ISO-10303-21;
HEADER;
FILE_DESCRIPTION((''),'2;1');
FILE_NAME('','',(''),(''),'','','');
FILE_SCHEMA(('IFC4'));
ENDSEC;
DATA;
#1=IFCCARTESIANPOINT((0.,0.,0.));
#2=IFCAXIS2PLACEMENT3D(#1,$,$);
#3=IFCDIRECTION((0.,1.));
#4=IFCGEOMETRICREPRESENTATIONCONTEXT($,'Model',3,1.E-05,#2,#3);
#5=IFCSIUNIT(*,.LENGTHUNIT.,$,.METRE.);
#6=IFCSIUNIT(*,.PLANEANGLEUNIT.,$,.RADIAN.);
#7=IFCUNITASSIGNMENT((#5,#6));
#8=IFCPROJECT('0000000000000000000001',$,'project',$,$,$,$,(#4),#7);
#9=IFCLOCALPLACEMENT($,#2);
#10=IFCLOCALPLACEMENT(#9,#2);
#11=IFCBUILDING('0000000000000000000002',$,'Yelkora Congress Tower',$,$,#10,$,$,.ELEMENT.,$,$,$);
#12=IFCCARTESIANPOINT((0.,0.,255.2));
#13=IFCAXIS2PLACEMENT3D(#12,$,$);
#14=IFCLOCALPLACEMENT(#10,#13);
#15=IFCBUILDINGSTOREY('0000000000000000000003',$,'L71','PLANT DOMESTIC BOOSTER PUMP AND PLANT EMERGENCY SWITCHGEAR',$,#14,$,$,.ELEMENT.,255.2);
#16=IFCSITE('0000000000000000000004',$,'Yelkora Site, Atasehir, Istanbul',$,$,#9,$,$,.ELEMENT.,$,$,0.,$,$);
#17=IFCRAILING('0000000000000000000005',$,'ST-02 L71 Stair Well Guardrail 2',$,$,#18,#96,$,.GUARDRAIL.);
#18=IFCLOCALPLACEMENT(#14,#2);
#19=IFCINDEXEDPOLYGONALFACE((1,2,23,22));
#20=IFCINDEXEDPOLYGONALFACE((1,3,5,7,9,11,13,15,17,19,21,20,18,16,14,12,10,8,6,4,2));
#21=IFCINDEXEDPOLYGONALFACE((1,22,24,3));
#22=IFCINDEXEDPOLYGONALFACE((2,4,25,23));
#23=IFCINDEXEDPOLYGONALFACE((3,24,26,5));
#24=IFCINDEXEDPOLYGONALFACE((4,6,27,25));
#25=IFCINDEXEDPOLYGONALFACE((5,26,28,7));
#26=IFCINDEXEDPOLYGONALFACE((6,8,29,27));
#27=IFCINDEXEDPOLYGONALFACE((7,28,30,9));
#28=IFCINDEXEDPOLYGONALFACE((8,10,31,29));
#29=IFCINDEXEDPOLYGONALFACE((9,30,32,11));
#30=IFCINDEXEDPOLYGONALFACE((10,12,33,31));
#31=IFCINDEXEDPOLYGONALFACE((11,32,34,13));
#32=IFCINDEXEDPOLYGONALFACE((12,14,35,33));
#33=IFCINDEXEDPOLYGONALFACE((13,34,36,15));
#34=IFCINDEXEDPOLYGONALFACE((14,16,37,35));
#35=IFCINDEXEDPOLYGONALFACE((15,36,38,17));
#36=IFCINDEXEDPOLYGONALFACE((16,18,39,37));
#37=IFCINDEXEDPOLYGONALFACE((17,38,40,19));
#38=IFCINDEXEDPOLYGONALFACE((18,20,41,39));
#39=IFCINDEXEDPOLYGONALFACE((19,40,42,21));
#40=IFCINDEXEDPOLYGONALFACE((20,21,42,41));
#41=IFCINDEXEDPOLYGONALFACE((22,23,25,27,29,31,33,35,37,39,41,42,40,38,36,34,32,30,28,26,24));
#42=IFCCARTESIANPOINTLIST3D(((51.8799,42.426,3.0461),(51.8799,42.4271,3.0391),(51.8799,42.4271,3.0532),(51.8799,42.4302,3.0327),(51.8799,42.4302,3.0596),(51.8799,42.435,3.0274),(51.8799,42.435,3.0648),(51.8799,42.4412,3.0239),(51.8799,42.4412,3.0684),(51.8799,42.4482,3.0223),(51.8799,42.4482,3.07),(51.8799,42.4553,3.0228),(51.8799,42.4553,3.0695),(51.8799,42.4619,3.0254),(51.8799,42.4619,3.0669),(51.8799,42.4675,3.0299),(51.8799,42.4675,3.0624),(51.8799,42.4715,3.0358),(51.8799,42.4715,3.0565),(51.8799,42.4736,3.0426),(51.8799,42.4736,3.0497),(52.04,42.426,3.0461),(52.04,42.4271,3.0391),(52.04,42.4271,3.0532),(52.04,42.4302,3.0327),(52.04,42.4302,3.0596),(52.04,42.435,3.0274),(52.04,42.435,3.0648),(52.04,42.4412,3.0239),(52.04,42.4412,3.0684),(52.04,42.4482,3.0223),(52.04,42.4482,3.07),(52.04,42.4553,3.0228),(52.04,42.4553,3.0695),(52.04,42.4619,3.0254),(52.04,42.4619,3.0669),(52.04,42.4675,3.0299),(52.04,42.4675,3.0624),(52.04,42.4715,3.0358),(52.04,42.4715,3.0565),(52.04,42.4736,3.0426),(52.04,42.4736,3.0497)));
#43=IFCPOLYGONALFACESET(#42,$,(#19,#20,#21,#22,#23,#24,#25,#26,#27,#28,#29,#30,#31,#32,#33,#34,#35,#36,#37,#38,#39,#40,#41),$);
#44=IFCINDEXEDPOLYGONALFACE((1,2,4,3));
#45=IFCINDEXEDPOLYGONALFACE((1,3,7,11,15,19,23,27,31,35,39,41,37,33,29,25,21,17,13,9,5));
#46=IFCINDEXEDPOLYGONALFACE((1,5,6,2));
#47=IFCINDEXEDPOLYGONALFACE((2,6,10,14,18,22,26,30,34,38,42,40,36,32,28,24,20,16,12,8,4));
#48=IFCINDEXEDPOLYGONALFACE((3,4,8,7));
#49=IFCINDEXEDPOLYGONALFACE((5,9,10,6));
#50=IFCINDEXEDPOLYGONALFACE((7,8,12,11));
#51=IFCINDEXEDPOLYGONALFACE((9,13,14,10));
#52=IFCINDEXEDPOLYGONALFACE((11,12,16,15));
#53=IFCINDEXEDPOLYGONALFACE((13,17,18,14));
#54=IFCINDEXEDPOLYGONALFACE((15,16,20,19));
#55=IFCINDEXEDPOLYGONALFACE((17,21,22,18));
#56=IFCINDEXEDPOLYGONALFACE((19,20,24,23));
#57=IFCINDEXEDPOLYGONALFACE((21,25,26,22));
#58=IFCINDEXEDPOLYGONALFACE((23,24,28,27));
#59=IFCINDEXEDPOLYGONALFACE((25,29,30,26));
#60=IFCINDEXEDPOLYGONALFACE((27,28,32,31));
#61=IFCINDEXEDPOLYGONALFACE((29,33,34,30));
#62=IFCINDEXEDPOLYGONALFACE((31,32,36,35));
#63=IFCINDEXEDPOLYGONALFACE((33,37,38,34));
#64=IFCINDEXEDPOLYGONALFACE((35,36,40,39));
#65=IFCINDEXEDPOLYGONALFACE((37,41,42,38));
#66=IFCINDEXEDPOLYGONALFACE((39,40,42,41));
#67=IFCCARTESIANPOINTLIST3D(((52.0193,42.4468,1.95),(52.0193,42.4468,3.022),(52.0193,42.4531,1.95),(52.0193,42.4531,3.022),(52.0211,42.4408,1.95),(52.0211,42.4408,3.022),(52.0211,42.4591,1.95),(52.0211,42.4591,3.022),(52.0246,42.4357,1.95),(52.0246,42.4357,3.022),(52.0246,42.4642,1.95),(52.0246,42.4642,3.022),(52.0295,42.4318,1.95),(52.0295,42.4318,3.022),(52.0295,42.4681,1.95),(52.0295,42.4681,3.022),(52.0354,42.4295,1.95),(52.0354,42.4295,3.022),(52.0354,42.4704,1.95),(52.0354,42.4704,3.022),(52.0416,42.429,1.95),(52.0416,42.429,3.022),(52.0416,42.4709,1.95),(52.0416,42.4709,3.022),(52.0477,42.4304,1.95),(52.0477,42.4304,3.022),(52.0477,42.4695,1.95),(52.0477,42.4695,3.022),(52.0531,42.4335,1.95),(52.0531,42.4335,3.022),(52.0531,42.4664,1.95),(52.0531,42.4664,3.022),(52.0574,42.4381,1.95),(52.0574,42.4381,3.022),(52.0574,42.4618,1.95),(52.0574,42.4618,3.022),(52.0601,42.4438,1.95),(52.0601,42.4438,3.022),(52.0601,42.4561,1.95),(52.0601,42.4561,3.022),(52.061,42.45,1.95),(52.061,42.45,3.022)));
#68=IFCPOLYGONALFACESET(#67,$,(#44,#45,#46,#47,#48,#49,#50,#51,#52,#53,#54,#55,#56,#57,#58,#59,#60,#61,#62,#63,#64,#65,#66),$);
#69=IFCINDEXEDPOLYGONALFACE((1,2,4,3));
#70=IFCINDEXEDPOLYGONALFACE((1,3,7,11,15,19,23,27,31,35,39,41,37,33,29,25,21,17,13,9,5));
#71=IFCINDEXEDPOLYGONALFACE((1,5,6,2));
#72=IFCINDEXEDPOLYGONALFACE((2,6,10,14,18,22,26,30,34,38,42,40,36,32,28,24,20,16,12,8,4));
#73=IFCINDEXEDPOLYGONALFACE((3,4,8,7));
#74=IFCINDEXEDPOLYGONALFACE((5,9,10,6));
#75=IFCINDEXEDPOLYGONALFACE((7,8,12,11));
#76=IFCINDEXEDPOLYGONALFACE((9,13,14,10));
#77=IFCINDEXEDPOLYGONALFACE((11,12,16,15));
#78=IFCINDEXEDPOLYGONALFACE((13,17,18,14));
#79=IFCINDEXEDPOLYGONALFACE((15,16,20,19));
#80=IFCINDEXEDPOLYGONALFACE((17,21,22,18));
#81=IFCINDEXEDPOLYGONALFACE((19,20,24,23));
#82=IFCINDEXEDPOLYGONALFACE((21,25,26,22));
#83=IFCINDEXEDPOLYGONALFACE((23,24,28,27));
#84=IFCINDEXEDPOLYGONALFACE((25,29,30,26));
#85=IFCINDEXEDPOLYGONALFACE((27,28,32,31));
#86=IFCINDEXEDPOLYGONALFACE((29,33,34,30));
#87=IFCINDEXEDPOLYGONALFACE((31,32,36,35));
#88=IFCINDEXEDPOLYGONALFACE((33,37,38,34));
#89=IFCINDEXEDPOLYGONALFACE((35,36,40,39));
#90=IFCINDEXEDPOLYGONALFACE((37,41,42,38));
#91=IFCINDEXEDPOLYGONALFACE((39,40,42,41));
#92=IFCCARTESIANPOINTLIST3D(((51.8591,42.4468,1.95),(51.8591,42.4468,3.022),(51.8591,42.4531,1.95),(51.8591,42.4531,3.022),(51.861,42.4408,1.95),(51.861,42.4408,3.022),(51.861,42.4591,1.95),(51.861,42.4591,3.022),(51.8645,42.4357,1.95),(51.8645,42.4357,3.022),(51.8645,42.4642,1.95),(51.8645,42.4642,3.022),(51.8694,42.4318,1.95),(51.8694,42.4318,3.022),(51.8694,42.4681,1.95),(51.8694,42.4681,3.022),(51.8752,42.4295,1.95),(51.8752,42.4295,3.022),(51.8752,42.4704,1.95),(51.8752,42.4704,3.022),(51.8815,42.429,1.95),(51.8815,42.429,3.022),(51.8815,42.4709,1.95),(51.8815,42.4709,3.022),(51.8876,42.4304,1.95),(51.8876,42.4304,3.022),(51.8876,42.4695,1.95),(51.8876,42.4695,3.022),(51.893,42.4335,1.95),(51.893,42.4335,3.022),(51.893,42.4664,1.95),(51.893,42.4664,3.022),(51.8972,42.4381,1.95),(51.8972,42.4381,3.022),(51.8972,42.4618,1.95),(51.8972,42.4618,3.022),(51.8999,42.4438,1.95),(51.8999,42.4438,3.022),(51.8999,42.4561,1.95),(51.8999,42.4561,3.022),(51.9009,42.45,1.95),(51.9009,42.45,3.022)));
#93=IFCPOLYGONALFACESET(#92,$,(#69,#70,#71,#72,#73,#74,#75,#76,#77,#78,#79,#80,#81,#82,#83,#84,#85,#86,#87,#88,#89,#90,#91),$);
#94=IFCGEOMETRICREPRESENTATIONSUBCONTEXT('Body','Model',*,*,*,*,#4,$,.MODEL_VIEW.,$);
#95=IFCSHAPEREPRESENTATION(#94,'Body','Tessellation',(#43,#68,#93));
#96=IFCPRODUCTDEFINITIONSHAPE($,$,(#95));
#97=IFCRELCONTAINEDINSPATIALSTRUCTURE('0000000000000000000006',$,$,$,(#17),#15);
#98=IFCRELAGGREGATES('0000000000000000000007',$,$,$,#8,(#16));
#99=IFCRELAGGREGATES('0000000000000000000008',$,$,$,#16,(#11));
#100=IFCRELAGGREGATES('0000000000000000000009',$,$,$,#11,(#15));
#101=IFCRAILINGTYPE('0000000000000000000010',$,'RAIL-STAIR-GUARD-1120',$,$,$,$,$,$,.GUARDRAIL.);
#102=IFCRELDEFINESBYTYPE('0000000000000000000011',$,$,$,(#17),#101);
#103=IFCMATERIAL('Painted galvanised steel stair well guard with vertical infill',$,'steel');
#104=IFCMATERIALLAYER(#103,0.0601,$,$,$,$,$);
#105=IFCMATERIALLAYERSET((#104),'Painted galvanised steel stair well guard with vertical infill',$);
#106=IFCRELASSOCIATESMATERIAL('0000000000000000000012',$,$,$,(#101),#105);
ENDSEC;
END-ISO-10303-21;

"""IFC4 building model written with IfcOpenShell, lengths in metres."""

from ifc_helpers import new_model, si_unit, direction, frame, origin, origin_2d, place, context, subcontext, project, spatial, circle, extrude, material, layer, layer_set, type_object, element, save


model = new_model("IFC4")

# Units and contexts
model_context = context("Model", 3, precision=1e-05, world=origin(), true_north=direction((0.0, 1.0)))
body_context = subcontext(model_context, "Body", "Model", "MODEL_VIEW")
ifc_project = project(units=[si_unit("LENGTHUNIT", "METRE"), si_unit("PLANEANGLEUNIT", "RADIAN")], contexts=[model_context])

# Site, building, storey
site_placement = place(None, origin())
site = spatial("IfcSite", under=ifc_project, at=site_placement, Name="Yelkora Site, Atasehir, Istanbul", CompositionType="ELEMENT", RefElevation=0.0)
building_placement = place(site_placement, origin())
building = spatial("IfcBuilding", under=site, at=building_placement, Name="Yelkora Congress Tower", CompositionType="ELEMENT")
storey_placement = place(building_placement, frame((0.0, 0.0, 255.2)))
storey = spatial("IfcBuildingStorey", under=building, at=storey_placement, Name="L71", Description="PLANT DOMESTIC BOOSTER PUMP AND PLANT EMERGENCY SWITCHGEAR", CompositionType="ELEMENT", Elevation=255.2)

# Railing
ifc_material_1 = material(Name="Painted galvanised steel stair well guard with vertical infill", Category="steel")
ifc_layer_1 = layer(ifc_material_1, 0.0601)
ifc_layer_set_1 = layer_set([ifc_layer_1], Name="Painted galvanised steel stair well guard with vertical infill")
railing_type_1 = type_object("IfcRailingType", Name="RAIL-STAIR-GUARD-1120", PredefinedType="GUARDRAIL", material=ifc_layer_set_1)
railing_1_placement = place(storey_placement, frame((52.04, 42.45, 1.95)))
element("IfcRailing", 1, at=railing_1_placement, inside=storey, type_object=railing_type_1, Name="ST-02 L71 Stair Well Guardrail 2", PredefinedType="GUARDRAIL", context=body_context, shape_type="SweptSolid", body=[
    extrude(circle(Radius=0.0239, at=origin_2d()), frame((0.0, 0.0, 1.0962), z_axis=(-1.0, 0.0, 0.0), x_axis=(0.0, -1.0, 0.0)), (0.0, 0.0, 1.0), 0.1602),
    extrude(circle(Radius=0.021, at=origin_2d()), origin(), (0.0, 0.0, 1.0), 1.072),
    extrude(circle(Radius=0.021, at=origin_2d()), frame((-0.1602, 0.0, 0.0)), (0.0, 0.0, 1.0), 1.072),
])

save(model, "model.ifc")
